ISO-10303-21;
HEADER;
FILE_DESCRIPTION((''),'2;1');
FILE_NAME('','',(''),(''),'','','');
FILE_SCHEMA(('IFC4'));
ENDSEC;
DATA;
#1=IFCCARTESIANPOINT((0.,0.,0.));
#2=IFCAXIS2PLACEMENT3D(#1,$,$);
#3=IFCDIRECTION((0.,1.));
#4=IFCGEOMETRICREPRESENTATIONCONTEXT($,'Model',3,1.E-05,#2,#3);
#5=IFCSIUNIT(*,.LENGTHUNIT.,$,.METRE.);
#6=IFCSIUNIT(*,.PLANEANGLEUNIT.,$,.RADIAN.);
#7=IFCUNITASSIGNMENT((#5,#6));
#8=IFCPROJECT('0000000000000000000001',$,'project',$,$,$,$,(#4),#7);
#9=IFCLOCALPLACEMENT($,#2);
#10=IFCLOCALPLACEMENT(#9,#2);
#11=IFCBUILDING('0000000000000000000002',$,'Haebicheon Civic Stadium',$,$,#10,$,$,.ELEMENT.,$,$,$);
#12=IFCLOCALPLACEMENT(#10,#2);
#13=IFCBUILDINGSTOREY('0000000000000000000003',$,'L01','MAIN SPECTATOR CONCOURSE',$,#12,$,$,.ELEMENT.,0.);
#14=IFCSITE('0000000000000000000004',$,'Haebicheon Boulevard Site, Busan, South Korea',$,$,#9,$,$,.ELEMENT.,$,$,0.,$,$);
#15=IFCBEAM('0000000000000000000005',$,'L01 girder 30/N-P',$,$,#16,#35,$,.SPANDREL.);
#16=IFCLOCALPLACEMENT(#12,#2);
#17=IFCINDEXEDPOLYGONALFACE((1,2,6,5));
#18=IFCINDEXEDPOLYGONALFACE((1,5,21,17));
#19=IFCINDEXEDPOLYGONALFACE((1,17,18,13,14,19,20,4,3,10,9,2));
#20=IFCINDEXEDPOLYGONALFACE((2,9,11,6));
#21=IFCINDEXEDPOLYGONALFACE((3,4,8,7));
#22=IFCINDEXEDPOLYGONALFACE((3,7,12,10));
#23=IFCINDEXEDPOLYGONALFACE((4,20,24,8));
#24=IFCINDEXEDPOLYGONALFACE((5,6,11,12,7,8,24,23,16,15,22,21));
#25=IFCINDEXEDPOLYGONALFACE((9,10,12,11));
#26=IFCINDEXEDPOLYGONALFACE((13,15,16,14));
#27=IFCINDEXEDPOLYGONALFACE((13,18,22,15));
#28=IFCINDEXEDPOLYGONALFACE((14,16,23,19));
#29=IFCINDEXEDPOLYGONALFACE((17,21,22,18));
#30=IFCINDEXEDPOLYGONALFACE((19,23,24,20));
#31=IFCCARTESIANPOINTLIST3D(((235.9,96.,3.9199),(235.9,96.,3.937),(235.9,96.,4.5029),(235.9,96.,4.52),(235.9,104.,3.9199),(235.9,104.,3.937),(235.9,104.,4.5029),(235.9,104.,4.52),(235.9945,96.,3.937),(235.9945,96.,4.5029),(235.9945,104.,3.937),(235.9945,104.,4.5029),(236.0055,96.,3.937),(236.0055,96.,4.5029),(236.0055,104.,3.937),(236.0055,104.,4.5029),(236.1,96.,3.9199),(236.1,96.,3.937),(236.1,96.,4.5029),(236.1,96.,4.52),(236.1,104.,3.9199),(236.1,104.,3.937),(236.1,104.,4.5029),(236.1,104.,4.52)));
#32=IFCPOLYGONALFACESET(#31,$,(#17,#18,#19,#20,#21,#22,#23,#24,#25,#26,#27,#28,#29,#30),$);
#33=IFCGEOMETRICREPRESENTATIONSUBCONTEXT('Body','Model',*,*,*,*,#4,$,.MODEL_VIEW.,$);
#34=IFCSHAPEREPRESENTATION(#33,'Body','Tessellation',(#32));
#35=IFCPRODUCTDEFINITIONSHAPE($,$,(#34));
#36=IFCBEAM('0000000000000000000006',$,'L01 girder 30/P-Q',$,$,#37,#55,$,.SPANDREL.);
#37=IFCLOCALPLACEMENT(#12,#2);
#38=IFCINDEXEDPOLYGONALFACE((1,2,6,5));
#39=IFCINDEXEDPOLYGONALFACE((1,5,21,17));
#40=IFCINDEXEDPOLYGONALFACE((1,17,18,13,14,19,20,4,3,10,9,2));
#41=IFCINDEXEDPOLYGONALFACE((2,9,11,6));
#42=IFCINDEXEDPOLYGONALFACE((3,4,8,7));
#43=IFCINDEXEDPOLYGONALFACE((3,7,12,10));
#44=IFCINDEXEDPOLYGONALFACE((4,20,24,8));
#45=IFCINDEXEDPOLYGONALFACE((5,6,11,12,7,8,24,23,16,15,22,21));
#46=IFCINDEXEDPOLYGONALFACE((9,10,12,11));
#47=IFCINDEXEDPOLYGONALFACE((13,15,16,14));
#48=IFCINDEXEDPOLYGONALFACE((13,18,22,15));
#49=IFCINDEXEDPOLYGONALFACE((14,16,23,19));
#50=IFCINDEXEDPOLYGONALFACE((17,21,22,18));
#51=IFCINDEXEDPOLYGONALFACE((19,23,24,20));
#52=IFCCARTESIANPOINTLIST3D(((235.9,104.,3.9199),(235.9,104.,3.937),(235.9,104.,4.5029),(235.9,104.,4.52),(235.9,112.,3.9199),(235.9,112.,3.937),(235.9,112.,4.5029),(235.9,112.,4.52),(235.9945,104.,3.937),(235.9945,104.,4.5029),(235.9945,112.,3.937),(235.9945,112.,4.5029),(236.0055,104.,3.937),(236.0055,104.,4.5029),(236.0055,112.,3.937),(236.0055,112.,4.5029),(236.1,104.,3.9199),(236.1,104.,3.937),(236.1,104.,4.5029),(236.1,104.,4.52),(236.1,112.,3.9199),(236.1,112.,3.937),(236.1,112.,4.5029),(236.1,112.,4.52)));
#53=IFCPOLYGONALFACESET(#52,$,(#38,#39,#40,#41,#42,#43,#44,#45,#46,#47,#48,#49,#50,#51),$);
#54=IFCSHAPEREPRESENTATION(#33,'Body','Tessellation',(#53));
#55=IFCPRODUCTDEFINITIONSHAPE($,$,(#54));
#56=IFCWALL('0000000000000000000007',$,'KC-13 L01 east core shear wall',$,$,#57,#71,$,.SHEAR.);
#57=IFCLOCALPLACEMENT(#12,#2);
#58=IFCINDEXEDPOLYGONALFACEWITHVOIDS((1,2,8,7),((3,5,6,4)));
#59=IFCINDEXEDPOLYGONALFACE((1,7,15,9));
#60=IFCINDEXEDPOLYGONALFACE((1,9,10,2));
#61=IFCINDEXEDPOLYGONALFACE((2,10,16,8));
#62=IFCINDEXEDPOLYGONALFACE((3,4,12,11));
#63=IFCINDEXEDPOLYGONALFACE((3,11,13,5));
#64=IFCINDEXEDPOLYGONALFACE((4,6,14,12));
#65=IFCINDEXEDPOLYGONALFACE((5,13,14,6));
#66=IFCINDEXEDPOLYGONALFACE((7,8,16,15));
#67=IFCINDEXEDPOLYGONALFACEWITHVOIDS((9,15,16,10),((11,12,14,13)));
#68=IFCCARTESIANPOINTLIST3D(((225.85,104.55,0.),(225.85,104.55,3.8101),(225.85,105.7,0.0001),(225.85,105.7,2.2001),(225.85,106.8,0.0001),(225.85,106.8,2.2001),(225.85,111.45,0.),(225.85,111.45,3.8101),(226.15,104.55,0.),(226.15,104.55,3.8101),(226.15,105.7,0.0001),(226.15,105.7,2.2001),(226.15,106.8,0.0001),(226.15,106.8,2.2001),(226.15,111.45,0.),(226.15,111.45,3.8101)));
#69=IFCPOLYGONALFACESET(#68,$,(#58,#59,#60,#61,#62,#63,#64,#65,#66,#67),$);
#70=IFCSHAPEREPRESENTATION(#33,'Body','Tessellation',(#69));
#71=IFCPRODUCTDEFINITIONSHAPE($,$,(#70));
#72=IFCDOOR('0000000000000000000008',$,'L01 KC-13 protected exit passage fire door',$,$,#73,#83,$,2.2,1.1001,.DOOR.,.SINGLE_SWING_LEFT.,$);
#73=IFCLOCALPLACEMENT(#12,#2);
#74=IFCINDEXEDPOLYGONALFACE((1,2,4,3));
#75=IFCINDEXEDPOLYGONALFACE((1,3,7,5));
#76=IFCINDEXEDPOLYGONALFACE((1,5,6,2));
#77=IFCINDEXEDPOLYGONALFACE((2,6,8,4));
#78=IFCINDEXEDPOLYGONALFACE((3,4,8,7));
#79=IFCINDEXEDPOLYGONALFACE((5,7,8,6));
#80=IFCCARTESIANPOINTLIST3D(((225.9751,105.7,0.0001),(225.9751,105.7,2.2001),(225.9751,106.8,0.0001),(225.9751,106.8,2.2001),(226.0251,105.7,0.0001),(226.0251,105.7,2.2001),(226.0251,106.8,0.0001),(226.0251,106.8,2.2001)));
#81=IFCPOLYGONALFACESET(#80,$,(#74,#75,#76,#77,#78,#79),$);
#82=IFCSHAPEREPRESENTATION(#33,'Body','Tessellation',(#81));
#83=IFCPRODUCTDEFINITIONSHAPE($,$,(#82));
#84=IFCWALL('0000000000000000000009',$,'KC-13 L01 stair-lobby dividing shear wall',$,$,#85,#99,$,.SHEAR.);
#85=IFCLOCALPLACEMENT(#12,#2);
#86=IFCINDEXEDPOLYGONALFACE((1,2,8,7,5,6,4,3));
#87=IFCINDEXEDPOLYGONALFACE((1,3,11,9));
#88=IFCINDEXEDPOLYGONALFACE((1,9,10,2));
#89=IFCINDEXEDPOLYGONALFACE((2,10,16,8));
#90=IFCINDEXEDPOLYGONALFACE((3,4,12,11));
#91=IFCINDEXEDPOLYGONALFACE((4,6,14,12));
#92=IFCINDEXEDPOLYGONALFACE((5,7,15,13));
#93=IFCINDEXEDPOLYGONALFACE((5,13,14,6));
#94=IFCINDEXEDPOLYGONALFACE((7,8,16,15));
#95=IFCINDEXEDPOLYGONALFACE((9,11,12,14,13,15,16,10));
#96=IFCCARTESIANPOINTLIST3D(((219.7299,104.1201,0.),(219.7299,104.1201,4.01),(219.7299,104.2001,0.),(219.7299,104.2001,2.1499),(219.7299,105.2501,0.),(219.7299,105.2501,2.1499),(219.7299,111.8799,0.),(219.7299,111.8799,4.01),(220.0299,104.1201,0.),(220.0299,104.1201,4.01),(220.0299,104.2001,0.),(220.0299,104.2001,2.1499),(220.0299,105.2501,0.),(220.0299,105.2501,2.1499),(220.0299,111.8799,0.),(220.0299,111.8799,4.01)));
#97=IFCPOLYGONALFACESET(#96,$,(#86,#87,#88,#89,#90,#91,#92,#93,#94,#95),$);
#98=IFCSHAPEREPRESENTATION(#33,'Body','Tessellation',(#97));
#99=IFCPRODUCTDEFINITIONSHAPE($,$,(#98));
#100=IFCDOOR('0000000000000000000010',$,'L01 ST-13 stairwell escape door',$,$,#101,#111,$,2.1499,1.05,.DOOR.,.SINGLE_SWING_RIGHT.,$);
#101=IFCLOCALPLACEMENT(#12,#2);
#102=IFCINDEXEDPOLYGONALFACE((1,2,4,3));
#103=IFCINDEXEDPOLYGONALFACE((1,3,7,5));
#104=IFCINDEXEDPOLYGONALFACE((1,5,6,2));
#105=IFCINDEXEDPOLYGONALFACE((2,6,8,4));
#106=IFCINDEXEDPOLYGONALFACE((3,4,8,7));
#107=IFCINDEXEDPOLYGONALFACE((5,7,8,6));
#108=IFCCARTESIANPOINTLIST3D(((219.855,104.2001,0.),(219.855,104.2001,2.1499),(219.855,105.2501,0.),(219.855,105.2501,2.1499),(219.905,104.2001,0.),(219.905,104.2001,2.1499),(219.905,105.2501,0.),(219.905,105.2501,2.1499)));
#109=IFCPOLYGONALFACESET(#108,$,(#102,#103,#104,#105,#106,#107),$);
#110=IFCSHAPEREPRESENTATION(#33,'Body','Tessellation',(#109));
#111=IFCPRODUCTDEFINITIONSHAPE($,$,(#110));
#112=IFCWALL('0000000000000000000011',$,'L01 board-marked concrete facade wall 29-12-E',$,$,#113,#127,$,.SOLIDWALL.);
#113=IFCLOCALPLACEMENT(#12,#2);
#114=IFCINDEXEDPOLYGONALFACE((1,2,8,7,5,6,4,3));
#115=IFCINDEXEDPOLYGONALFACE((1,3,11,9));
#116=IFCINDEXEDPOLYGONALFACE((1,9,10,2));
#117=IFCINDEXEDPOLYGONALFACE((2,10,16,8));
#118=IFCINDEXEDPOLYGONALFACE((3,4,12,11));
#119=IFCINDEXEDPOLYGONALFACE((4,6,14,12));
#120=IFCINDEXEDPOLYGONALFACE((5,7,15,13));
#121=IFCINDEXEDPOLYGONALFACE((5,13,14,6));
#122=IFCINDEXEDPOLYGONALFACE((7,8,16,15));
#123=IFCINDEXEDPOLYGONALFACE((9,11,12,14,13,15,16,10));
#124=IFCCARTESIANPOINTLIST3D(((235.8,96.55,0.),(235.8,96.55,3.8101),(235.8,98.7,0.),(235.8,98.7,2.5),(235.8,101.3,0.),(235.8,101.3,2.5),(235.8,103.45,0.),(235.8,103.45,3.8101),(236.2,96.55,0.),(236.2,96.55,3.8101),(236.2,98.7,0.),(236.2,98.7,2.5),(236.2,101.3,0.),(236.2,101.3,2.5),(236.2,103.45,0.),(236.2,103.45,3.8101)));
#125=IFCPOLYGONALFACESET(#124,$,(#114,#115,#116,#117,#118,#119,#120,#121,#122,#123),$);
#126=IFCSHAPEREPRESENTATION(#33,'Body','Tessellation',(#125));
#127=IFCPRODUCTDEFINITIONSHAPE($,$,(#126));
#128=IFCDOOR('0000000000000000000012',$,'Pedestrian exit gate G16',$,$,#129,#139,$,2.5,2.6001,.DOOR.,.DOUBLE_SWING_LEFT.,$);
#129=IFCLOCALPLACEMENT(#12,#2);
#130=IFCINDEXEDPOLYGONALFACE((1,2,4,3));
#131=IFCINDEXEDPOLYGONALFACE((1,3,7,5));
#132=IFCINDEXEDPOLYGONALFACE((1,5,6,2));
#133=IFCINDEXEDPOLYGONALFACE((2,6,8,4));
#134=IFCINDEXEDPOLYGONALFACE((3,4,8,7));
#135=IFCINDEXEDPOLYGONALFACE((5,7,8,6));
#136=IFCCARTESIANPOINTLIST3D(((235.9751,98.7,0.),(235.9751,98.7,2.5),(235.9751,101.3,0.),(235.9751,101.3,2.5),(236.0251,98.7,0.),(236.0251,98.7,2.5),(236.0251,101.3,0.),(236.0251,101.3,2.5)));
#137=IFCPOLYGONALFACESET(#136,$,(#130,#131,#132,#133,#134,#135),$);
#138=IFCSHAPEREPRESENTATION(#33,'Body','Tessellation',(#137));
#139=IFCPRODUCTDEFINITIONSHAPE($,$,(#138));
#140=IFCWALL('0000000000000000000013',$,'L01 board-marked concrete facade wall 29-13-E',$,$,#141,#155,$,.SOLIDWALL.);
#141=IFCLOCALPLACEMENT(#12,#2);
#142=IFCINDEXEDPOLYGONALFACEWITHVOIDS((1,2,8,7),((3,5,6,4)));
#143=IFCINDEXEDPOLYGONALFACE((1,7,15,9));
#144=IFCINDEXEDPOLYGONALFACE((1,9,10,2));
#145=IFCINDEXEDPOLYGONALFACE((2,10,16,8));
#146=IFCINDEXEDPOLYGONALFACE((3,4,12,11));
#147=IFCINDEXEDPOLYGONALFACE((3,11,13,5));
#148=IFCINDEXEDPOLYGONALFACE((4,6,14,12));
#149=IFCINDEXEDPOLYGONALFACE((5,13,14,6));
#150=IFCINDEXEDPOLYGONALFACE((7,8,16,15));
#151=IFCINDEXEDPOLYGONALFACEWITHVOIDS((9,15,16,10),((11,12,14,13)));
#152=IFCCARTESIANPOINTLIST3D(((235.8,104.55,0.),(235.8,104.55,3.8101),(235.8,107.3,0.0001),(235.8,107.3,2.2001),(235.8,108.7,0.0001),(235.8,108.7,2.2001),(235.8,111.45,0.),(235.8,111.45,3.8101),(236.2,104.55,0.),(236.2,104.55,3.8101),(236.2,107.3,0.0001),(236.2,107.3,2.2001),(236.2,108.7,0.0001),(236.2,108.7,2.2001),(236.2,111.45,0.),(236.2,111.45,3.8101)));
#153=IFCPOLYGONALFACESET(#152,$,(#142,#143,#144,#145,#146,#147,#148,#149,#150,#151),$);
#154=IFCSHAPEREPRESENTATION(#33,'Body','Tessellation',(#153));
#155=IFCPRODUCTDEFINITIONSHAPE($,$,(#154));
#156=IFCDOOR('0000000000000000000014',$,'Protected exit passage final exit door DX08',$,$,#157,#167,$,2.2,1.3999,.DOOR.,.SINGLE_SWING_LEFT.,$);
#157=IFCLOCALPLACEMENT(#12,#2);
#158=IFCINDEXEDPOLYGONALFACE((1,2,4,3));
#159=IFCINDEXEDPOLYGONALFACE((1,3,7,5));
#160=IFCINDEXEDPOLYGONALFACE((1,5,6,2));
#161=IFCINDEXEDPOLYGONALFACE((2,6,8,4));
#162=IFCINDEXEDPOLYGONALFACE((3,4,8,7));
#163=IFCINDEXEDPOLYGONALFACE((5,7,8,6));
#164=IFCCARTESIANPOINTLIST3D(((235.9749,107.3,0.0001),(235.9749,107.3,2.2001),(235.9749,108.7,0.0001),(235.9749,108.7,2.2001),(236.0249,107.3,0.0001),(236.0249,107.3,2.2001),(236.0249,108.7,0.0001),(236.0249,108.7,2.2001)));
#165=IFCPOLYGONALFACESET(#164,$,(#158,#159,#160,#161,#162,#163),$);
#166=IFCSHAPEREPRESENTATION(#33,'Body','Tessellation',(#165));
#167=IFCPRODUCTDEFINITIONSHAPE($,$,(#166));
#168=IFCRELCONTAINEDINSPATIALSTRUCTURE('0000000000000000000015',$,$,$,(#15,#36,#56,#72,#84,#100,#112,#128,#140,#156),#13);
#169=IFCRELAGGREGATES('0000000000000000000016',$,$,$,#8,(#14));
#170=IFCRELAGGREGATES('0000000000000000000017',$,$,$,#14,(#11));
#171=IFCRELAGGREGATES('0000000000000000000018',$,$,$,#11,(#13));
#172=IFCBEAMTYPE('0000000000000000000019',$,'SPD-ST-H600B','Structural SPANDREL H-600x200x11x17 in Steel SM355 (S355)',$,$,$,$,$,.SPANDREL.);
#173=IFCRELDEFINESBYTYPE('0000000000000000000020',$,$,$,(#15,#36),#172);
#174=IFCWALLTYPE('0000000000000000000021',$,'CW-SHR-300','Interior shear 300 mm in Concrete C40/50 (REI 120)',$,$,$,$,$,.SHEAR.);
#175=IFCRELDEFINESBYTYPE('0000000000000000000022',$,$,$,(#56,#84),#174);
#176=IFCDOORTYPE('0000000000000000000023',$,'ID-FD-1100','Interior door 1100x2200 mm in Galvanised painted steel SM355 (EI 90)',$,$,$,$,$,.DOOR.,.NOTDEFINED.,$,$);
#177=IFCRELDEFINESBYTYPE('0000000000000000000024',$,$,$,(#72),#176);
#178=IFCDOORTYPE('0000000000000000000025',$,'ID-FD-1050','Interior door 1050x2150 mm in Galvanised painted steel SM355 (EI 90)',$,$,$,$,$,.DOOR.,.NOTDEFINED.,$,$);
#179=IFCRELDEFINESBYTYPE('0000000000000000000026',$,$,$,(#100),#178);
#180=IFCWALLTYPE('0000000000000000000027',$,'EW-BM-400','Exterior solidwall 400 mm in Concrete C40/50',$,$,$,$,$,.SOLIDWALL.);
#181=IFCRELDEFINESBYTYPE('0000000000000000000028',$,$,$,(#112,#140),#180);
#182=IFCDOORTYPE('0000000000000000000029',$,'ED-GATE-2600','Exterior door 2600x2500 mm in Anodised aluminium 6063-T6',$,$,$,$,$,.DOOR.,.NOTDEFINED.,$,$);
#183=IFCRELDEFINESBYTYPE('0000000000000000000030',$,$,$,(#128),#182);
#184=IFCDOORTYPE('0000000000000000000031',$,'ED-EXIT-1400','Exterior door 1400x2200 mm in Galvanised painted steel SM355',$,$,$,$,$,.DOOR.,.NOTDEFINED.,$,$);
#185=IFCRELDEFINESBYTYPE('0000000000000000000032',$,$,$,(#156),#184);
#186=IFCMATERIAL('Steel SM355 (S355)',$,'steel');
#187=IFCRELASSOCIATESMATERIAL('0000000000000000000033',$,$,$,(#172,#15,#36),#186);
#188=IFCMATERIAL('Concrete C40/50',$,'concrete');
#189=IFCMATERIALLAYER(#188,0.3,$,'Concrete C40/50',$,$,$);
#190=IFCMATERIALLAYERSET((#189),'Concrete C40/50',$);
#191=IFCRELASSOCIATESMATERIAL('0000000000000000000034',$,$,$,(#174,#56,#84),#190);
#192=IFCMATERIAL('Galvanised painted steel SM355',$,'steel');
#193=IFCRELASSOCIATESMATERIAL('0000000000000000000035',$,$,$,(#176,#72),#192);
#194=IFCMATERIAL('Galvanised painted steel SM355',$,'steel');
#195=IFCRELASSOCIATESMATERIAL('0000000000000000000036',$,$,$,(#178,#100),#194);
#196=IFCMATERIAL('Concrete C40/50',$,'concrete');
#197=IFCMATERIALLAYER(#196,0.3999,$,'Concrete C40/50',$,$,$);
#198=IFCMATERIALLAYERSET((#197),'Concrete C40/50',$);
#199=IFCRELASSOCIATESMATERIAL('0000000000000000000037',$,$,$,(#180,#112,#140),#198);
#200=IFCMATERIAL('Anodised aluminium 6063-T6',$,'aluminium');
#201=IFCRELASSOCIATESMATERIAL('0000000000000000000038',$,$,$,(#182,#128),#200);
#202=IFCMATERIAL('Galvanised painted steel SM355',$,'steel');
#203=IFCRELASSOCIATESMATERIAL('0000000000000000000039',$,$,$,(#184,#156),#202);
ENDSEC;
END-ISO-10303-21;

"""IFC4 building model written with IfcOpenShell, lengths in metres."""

from ifc_helpers import new_model, si_unit, direction, frame, frame_2d, origin, origin_2d, place, context, subcontext, project, spatial, rectangle, i_section, extrude, material, layer, layer_set, material_profile, profile_set, type_object, element, fill, save


model = new_model("IFC4")

# Units and contexts
model_context = context("Model", 3, precision=1e-05, world=origin(), true_north=direction((0.0, 1.0)))
body_context = subcontext(model_context, "Body", "Model", "MODEL_VIEW")
ifc_project = project(units=[si_unit("LENGTHUNIT", "METRE"), si_unit("PLANEANGLEUNIT", "RADIAN")], contexts=[model_context])

# Site, building, storey
site_placement = place(None, origin())
site = spatial("IfcSite", under=ifc_project, at=site_placement, Name="Haebicheon Boulevard Site, Busan, South Korea", CompositionType="ELEMENT", RefElevation=0.0)
building_placement = place(site_placement, origin())
building = spatial("IfcBuilding", under=site, at=building_placement, Name="Haebicheon Civic Stadium", CompositionType="ELEMENT")
storey_placement = place(building_placement, origin())
storey = spatial("IfcBuildingStorey", under=building, at=storey_placement, Name="L01", Description="MAIN SPECTATOR CONCOURSE", CompositionType="ELEMENT", Elevation=0.0)

# Beams
ifc_material_1 = material(Name="Steel SM355 (S355)", Category="steel")
ifc_material_profile_1 = material_profile(ifc_material_1, i_section(OverallWidth=0.2, OverallDepth=0.6001, WebThickness=0.011, FlangeThickness=0.0171, at=origin_2d()), Name="H-600x200x11x17")
ifc_profile_set_1 = profile_set([ifc_material_profile_1], Name="Steel SM355 (S355)")
beam_type_1 = type_object("IfcBeamType", Name="SPD-ST-H600B", Description="Structural SPANDREL H-600x200x11x17 in Steel SM355 (S355)", PredefinedType="SPANDREL", material=ifc_profile_set_1)
for number, where, z_axis, x_axis, name in (
    (1, (236.0, 96.0, 4.22), (0.0, 1.0, 0.0), (-1.0, 0.0, 0.0), "L01 girder 30/N-P"),
    (2, (236.0, 104.0, 4.22), (0.0, 1.0, 0.0), (-1.0, 0.0, 0.0), "L01 girder 30/P-Q"),
):
    element("IfcBeam", number, at=place(storey_placement, frame(where, z_axis=z_axis, x_axis=x_axis)), inside=storey, type_object=beam_type_1, material=ifc_profile_set_1, Name=name, PredefinedType="SPANDREL", context=body_context, shape_type="SweptSolid", body=[
        extrude(i_section(OverallWidth=0.2, OverallDepth=0.6001, WebThickness=0.011, FlangeThickness=0.0171, at=origin_2d()), origin(), (0.0, 0.0, 1.0), 8.0),
    ])

# Walls, openings, doors
ifc_material_2 = material(Name="Concrete C40/50", Category="concrete")
ifc_layer_1 = layer(ifc_material_2, 0.3, Name="Concrete C40/50")
ifc_layer_set_1 = layer_set([ifc_layer_1], Name="Concrete C40/50")
wall_type_1 = type_object("IfcWallType", Name="CW-SHR-300", Description="Interior shear 300 mm in Concrete C40/50 (REI 120)", PredefinedType="SHEAR", material=ifc_layer_set_1)
wall_1_placement = place(storey_placement, frame((226.0, 104.55, 0.0), z_axis=(0.0, 0.0, 1.0), x_axis=(0.0, 1.0, 0.0)))
wall_1 = element("IfcWall", 3, at=wall_1_placement, inside=storey, type_object=wall_type_1, material=ifc_layer_set_1, Name="KC-13 L01 east core shear wall", PredefinedType="SHEAR", context=body_context, shape_type="SweptSolid", body=[
    extrude(rectangle(XDim=6.8999, YDim=0.3, at=frame_2d((3.45, 0.0))), origin(), (0.0, 0.0, 1.0), 3.8101),
])
opening_1_placement = place(wall_1_placement, frame((1.1499, 0.0, 0.0)))
opening_1 = element("IfcOpeningElement", 4, at=opening_1_placement, cuts=wall_1, PredefinedType="OPENING", context=body_context, shape_type="SweptSolid", body=[
    extrude(rectangle(XDim=1.1001, YDim=2.2, at=frame_2d((0.55, 1.1001))), frame((0.0, 0.1599, 0.0), z_axis=(0.0, -1.0, 0.0), x_axis=(1.0, 0.0, 0.0)), (0.0, 0.0, 1.0), 0.3201),
])
ifc_material_3 = material(Name="Galvanised painted steel SM355", Category="steel")
door_type_1 = type_object("IfcDoorType", Name="ID-FD-1100", Description="Interior door 1100x2200 mm in Galvanised painted steel SM355 (EI 90)", OperationType="NOTDEFINED", PredefinedType="DOOR", material=ifc_material_3)
door_1_placement = place(opening_1_placement, origin())
door_1 = element("IfcDoor", 5, at=door_1_placement, inside=storey, type_object=door_type_1, material=ifc_material_3, Name="L01 KC-13 protected exit passage fire door", OperationType="SINGLE_SWING_LEFT", OverallHeight=2.2, OverallWidth=1.1001, PredefinedType="DOOR", context=body_context, shape_type="SweptSolid", body=[
    extrude(rectangle(XDim=1.1001, YDim=2.2, at=frame_2d((0.55, 1.1001))), frame((0.0, 0.0249, 0.0), z_axis=(0.0, -1.0, 0.0), x_axis=(1.0, 0.0, 0.0)), (0.0, 0.0, 1.0), 0.05),
])
fill(opening_1, door_1)
wall_2_placement = place(storey_placement, frame((219.8799, 104.1201, 0.0), z_axis=(0.0, 0.0, 1.0), x_axis=(0.0, 1.0, 0.0)))
wall_2 = element("IfcWall", 6, at=wall_2_placement, inside=storey, type_object=wall_type_1, material=ifc_layer_set_1, Name="KC-13 L01 stair-lobby dividing shear wall", PredefinedType="SHEAR", context=body_context, shape_type="SweptSolid", body=[
    extrude(rectangle(XDim=7.7598, YDim=0.3, at=frame_2d((3.8799, 0.0))), origin(), (0.0, 0.0, 1.0), 4.01),
])
opening_2_placement = place(wall_2_placement, frame((0.0801, 0.0, 0.0)))
opening_2 = element("IfcOpeningElement", 7, at=opening_2_placement, cuts=wall_2, PredefinedType="OPENING", context=body_context, shape_type="SweptSolid", body=[
    extrude(rectangle(XDim=1.05, YDim=2.1499, at=frame_2d((0.5249, 1.075))), frame((0.0, 0.1599, 0.0), z_axis=(0.0, -1.0, 0.0), x_axis=(1.0, 0.0, 0.0)), (0.0, 0.0, 1.0), 0.3201),
])
ifc_material_4 = material(Name="Galvanised painted steel SM355", Category="steel")
door_type_2 = type_object("IfcDoorType", Name="ID-FD-1050", Description="Interior door 1050x2150 mm in Galvanised painted steel SM355 (EI 90)", OperationType="NOTDEFINED", PredefinedType="DOOR", material=ifc_material_4)
door_2_placement = place(opening_2_placement, origin())
door_2 = element("IfcDoor", 8, at=door_2_placement, inside=storey, type_object=door_type_2, material=ifc_material_4, Name="L01 ST-13 stairwell escape door", OperationType="SINGLE_SWING_RIGHT", OverallHeight=2.1499, OverallWidth=1.05, PredefinedType="DOOR", context=body_context, shape_type="SweptSolid", body=[
    extrude(rectangle(XDim=1.05, YDim=2.1499, at=frame_2d((0.5249, 1.075))), frame((0.0, 0.0249, 0.0), z_axis=(0.0, -1.0, 0.0), x_axis=(1.0, 0.0, 0.0)), (0.0, 0.0, 1.0), 0.05),
])
fill(opening_2, door_2)
ifc_material_5 = material(Name="Concrete C40/50", Category="concrete")
ifc_layer_2 = layer(ifc_material_5, 0.3999, Name="Concrete C40/50")
ifc_layer_set_2 = layer_set([ifc_layer_2], Name="Concrete C40/50")
wall_type_2 = type_object("IfcWallType", Name="EW-BM-400", Description="Exterior solidwall 400 mm in Concrete C40/50", PredefinedType="SOLIDWALL", material=ifc_layer_set_2)
wall_3_placement = place(storey_placement, frame((236.0, 96.55, 0.0), z_axis=(0.0, 0.0, 1.0), x_axis=(0.0, 1.0, 0.0)))
wall_3 = element("IfcWall", 9, at=wall_3_placement, inside=storey, type_object=wall_type_2, material=ifc_layer_set_2, Name="L01 board-marked concrete facade wall 29-12-E", PredefinedType="SOLIDWALL", context=body_context, shape_type="SweptSolid", body=[
    extrude(rectangle(XDim=6.8999, YDim=0.3999, at=frame_2d((3.45, 0.0))), origin(), (0.0, 0.0, 1.0), 3.8101),
])
opening_3_placement = place(wall_3_placement, frame((2.1499, 0.0, 0.0)))
opening_3 = element("IfcOpeningElement", 10, at=opening_3_placement, cuts=wall_3, PredefinedType="OPENING", context=body_context, shape_type="SweptSolid", body=[
    extrude(rectangle(XDim=2.6001, YDim=2.5, at=frame_2d((1.3, 1.25))), frame((0.0, 0.21, 0.0), z_axis=(0.0, -1.0, 0.0), x_axis=(1.0, 0.0, 0.0)), (0.0, 0.0, 1.0), 0.4199),
])
ifc_material_6 = material(Name="Anodised aluminium 6063-T6", Category="aluminium")
door_type_3 = type_object("IfcDoorType", Name="ED-GATE-2600", Description="Exterior door 2600x2500 mm in Anodised aluminium 6063-T6", OperationType="NOTDEFINED", PredefinedType="DOOR", material=ifc_material_6)
door_3_placement = place(opening_3_placement, origin())
door_3 = element("IfcDoor", 11, at=door_3_placement, inside=storey, type_object=door_type_3, material=ifc_material_6, Name="Pedestrian exit gate G16", OperationType="DOUBLE_SWING_LEFT", OverallHeight=2.5, OverallWidth=2.6001, PredefinedType="DOOR", context=body_context, shape_type="SweptSolid", body=[
    extrude(rectangle(XDim=2.6001, YDim=2.5, at=frame_2d((1.3, 1.25))), frame((0.0, 0.0249, 0.0), z_axis=(0.0, -1.0, 0.0), x_axis=(1.0, 0.0, 0.0)), (0.0, 0.0, 1.0), 0.05),
])
fill(opening_3, door_3)
wall_4_placement = place(storey_placement, frame((236.0, 111.45, 0.0), z_axis=(0.0, 0.0, 1.0), x_axis=(0.0, -1.0, 0.0)))
wall_4 = element("IfcWall", 12, at=wall_4_placement, inside=storey, type_object=wall_type_2, material=ifc_layer_set_2, Name="L01 board-marked concrete facade wall 29-13-E", PredefinedType="SOLIDWALL", context=body_context, shape_type="SweptSolid", body=[
    extrude(rectangle(XDim=6.8999, YDim=0.3999, at=frame_2d((3.45, 0.0))), origin(), (0.0, 0.0, 1.0), 3.8101),
])
opening_4_placement = place(wall_4_placement, frame((2.75, 0.0, 0.0)))
opening_4 = element("IfcOpeningElement", 13, at=opening_4_placement, cuts=wall_4, PredefinedType="OPENING", context=body_context, shape_type="SweptSolid", body=[
    extrude(rectangle(XDim=1.3999, YDim=2.2, at=frame_2d((0.7, 1.1001))), frame((0.0, 0.21, 0.0), z_axis=(0.0, -1.0, 0.0), x_axis=(1.0, 0.0, 0.0)), (0.0, 0.0, 1.0), 0.4199),
])
ifc_material_7 = material(Name="Galvanised painted steel SM355", Category="steel")
door_type_4 = type_object("IfcDoorType", Name="ED-EXIT-1400", Description="Exterior door 1400x2200 mm in Galvanised painted steel SM355", OperationType="NOTDEFINED", PredefinedType="DOOR", material=ifc_material_7)
door_4_placement = place(opening_4_placement, origin())
door_4 = element("IfcDoor", 14, at=door_4_placement, inside=storey, type_object=door_type_4, material=ifc_material_7, Name="Protected exit passage final exit door DX08", OperationType="SINGLE_SWING_LEFT", OverallHeight=2.2, OverallWidth=1.3999, PredefinedType="DOOR", context=body_context, shape_type="SweptSolid", body=[
    extrude(rectangle(XDim=1.3999, YDim=2.2, at=frame_2d((0.7, 1.1001))), frame((0.0, 0.0249, 0.0), z_axis=(0.0, -1.0, 0.0), x_axis=(1.0, 0.0, 0.0)), (0.0, 0.0, 1.0), 0.05),
])
fill(opening_4, door_4)

save(model, "model.ifc")
